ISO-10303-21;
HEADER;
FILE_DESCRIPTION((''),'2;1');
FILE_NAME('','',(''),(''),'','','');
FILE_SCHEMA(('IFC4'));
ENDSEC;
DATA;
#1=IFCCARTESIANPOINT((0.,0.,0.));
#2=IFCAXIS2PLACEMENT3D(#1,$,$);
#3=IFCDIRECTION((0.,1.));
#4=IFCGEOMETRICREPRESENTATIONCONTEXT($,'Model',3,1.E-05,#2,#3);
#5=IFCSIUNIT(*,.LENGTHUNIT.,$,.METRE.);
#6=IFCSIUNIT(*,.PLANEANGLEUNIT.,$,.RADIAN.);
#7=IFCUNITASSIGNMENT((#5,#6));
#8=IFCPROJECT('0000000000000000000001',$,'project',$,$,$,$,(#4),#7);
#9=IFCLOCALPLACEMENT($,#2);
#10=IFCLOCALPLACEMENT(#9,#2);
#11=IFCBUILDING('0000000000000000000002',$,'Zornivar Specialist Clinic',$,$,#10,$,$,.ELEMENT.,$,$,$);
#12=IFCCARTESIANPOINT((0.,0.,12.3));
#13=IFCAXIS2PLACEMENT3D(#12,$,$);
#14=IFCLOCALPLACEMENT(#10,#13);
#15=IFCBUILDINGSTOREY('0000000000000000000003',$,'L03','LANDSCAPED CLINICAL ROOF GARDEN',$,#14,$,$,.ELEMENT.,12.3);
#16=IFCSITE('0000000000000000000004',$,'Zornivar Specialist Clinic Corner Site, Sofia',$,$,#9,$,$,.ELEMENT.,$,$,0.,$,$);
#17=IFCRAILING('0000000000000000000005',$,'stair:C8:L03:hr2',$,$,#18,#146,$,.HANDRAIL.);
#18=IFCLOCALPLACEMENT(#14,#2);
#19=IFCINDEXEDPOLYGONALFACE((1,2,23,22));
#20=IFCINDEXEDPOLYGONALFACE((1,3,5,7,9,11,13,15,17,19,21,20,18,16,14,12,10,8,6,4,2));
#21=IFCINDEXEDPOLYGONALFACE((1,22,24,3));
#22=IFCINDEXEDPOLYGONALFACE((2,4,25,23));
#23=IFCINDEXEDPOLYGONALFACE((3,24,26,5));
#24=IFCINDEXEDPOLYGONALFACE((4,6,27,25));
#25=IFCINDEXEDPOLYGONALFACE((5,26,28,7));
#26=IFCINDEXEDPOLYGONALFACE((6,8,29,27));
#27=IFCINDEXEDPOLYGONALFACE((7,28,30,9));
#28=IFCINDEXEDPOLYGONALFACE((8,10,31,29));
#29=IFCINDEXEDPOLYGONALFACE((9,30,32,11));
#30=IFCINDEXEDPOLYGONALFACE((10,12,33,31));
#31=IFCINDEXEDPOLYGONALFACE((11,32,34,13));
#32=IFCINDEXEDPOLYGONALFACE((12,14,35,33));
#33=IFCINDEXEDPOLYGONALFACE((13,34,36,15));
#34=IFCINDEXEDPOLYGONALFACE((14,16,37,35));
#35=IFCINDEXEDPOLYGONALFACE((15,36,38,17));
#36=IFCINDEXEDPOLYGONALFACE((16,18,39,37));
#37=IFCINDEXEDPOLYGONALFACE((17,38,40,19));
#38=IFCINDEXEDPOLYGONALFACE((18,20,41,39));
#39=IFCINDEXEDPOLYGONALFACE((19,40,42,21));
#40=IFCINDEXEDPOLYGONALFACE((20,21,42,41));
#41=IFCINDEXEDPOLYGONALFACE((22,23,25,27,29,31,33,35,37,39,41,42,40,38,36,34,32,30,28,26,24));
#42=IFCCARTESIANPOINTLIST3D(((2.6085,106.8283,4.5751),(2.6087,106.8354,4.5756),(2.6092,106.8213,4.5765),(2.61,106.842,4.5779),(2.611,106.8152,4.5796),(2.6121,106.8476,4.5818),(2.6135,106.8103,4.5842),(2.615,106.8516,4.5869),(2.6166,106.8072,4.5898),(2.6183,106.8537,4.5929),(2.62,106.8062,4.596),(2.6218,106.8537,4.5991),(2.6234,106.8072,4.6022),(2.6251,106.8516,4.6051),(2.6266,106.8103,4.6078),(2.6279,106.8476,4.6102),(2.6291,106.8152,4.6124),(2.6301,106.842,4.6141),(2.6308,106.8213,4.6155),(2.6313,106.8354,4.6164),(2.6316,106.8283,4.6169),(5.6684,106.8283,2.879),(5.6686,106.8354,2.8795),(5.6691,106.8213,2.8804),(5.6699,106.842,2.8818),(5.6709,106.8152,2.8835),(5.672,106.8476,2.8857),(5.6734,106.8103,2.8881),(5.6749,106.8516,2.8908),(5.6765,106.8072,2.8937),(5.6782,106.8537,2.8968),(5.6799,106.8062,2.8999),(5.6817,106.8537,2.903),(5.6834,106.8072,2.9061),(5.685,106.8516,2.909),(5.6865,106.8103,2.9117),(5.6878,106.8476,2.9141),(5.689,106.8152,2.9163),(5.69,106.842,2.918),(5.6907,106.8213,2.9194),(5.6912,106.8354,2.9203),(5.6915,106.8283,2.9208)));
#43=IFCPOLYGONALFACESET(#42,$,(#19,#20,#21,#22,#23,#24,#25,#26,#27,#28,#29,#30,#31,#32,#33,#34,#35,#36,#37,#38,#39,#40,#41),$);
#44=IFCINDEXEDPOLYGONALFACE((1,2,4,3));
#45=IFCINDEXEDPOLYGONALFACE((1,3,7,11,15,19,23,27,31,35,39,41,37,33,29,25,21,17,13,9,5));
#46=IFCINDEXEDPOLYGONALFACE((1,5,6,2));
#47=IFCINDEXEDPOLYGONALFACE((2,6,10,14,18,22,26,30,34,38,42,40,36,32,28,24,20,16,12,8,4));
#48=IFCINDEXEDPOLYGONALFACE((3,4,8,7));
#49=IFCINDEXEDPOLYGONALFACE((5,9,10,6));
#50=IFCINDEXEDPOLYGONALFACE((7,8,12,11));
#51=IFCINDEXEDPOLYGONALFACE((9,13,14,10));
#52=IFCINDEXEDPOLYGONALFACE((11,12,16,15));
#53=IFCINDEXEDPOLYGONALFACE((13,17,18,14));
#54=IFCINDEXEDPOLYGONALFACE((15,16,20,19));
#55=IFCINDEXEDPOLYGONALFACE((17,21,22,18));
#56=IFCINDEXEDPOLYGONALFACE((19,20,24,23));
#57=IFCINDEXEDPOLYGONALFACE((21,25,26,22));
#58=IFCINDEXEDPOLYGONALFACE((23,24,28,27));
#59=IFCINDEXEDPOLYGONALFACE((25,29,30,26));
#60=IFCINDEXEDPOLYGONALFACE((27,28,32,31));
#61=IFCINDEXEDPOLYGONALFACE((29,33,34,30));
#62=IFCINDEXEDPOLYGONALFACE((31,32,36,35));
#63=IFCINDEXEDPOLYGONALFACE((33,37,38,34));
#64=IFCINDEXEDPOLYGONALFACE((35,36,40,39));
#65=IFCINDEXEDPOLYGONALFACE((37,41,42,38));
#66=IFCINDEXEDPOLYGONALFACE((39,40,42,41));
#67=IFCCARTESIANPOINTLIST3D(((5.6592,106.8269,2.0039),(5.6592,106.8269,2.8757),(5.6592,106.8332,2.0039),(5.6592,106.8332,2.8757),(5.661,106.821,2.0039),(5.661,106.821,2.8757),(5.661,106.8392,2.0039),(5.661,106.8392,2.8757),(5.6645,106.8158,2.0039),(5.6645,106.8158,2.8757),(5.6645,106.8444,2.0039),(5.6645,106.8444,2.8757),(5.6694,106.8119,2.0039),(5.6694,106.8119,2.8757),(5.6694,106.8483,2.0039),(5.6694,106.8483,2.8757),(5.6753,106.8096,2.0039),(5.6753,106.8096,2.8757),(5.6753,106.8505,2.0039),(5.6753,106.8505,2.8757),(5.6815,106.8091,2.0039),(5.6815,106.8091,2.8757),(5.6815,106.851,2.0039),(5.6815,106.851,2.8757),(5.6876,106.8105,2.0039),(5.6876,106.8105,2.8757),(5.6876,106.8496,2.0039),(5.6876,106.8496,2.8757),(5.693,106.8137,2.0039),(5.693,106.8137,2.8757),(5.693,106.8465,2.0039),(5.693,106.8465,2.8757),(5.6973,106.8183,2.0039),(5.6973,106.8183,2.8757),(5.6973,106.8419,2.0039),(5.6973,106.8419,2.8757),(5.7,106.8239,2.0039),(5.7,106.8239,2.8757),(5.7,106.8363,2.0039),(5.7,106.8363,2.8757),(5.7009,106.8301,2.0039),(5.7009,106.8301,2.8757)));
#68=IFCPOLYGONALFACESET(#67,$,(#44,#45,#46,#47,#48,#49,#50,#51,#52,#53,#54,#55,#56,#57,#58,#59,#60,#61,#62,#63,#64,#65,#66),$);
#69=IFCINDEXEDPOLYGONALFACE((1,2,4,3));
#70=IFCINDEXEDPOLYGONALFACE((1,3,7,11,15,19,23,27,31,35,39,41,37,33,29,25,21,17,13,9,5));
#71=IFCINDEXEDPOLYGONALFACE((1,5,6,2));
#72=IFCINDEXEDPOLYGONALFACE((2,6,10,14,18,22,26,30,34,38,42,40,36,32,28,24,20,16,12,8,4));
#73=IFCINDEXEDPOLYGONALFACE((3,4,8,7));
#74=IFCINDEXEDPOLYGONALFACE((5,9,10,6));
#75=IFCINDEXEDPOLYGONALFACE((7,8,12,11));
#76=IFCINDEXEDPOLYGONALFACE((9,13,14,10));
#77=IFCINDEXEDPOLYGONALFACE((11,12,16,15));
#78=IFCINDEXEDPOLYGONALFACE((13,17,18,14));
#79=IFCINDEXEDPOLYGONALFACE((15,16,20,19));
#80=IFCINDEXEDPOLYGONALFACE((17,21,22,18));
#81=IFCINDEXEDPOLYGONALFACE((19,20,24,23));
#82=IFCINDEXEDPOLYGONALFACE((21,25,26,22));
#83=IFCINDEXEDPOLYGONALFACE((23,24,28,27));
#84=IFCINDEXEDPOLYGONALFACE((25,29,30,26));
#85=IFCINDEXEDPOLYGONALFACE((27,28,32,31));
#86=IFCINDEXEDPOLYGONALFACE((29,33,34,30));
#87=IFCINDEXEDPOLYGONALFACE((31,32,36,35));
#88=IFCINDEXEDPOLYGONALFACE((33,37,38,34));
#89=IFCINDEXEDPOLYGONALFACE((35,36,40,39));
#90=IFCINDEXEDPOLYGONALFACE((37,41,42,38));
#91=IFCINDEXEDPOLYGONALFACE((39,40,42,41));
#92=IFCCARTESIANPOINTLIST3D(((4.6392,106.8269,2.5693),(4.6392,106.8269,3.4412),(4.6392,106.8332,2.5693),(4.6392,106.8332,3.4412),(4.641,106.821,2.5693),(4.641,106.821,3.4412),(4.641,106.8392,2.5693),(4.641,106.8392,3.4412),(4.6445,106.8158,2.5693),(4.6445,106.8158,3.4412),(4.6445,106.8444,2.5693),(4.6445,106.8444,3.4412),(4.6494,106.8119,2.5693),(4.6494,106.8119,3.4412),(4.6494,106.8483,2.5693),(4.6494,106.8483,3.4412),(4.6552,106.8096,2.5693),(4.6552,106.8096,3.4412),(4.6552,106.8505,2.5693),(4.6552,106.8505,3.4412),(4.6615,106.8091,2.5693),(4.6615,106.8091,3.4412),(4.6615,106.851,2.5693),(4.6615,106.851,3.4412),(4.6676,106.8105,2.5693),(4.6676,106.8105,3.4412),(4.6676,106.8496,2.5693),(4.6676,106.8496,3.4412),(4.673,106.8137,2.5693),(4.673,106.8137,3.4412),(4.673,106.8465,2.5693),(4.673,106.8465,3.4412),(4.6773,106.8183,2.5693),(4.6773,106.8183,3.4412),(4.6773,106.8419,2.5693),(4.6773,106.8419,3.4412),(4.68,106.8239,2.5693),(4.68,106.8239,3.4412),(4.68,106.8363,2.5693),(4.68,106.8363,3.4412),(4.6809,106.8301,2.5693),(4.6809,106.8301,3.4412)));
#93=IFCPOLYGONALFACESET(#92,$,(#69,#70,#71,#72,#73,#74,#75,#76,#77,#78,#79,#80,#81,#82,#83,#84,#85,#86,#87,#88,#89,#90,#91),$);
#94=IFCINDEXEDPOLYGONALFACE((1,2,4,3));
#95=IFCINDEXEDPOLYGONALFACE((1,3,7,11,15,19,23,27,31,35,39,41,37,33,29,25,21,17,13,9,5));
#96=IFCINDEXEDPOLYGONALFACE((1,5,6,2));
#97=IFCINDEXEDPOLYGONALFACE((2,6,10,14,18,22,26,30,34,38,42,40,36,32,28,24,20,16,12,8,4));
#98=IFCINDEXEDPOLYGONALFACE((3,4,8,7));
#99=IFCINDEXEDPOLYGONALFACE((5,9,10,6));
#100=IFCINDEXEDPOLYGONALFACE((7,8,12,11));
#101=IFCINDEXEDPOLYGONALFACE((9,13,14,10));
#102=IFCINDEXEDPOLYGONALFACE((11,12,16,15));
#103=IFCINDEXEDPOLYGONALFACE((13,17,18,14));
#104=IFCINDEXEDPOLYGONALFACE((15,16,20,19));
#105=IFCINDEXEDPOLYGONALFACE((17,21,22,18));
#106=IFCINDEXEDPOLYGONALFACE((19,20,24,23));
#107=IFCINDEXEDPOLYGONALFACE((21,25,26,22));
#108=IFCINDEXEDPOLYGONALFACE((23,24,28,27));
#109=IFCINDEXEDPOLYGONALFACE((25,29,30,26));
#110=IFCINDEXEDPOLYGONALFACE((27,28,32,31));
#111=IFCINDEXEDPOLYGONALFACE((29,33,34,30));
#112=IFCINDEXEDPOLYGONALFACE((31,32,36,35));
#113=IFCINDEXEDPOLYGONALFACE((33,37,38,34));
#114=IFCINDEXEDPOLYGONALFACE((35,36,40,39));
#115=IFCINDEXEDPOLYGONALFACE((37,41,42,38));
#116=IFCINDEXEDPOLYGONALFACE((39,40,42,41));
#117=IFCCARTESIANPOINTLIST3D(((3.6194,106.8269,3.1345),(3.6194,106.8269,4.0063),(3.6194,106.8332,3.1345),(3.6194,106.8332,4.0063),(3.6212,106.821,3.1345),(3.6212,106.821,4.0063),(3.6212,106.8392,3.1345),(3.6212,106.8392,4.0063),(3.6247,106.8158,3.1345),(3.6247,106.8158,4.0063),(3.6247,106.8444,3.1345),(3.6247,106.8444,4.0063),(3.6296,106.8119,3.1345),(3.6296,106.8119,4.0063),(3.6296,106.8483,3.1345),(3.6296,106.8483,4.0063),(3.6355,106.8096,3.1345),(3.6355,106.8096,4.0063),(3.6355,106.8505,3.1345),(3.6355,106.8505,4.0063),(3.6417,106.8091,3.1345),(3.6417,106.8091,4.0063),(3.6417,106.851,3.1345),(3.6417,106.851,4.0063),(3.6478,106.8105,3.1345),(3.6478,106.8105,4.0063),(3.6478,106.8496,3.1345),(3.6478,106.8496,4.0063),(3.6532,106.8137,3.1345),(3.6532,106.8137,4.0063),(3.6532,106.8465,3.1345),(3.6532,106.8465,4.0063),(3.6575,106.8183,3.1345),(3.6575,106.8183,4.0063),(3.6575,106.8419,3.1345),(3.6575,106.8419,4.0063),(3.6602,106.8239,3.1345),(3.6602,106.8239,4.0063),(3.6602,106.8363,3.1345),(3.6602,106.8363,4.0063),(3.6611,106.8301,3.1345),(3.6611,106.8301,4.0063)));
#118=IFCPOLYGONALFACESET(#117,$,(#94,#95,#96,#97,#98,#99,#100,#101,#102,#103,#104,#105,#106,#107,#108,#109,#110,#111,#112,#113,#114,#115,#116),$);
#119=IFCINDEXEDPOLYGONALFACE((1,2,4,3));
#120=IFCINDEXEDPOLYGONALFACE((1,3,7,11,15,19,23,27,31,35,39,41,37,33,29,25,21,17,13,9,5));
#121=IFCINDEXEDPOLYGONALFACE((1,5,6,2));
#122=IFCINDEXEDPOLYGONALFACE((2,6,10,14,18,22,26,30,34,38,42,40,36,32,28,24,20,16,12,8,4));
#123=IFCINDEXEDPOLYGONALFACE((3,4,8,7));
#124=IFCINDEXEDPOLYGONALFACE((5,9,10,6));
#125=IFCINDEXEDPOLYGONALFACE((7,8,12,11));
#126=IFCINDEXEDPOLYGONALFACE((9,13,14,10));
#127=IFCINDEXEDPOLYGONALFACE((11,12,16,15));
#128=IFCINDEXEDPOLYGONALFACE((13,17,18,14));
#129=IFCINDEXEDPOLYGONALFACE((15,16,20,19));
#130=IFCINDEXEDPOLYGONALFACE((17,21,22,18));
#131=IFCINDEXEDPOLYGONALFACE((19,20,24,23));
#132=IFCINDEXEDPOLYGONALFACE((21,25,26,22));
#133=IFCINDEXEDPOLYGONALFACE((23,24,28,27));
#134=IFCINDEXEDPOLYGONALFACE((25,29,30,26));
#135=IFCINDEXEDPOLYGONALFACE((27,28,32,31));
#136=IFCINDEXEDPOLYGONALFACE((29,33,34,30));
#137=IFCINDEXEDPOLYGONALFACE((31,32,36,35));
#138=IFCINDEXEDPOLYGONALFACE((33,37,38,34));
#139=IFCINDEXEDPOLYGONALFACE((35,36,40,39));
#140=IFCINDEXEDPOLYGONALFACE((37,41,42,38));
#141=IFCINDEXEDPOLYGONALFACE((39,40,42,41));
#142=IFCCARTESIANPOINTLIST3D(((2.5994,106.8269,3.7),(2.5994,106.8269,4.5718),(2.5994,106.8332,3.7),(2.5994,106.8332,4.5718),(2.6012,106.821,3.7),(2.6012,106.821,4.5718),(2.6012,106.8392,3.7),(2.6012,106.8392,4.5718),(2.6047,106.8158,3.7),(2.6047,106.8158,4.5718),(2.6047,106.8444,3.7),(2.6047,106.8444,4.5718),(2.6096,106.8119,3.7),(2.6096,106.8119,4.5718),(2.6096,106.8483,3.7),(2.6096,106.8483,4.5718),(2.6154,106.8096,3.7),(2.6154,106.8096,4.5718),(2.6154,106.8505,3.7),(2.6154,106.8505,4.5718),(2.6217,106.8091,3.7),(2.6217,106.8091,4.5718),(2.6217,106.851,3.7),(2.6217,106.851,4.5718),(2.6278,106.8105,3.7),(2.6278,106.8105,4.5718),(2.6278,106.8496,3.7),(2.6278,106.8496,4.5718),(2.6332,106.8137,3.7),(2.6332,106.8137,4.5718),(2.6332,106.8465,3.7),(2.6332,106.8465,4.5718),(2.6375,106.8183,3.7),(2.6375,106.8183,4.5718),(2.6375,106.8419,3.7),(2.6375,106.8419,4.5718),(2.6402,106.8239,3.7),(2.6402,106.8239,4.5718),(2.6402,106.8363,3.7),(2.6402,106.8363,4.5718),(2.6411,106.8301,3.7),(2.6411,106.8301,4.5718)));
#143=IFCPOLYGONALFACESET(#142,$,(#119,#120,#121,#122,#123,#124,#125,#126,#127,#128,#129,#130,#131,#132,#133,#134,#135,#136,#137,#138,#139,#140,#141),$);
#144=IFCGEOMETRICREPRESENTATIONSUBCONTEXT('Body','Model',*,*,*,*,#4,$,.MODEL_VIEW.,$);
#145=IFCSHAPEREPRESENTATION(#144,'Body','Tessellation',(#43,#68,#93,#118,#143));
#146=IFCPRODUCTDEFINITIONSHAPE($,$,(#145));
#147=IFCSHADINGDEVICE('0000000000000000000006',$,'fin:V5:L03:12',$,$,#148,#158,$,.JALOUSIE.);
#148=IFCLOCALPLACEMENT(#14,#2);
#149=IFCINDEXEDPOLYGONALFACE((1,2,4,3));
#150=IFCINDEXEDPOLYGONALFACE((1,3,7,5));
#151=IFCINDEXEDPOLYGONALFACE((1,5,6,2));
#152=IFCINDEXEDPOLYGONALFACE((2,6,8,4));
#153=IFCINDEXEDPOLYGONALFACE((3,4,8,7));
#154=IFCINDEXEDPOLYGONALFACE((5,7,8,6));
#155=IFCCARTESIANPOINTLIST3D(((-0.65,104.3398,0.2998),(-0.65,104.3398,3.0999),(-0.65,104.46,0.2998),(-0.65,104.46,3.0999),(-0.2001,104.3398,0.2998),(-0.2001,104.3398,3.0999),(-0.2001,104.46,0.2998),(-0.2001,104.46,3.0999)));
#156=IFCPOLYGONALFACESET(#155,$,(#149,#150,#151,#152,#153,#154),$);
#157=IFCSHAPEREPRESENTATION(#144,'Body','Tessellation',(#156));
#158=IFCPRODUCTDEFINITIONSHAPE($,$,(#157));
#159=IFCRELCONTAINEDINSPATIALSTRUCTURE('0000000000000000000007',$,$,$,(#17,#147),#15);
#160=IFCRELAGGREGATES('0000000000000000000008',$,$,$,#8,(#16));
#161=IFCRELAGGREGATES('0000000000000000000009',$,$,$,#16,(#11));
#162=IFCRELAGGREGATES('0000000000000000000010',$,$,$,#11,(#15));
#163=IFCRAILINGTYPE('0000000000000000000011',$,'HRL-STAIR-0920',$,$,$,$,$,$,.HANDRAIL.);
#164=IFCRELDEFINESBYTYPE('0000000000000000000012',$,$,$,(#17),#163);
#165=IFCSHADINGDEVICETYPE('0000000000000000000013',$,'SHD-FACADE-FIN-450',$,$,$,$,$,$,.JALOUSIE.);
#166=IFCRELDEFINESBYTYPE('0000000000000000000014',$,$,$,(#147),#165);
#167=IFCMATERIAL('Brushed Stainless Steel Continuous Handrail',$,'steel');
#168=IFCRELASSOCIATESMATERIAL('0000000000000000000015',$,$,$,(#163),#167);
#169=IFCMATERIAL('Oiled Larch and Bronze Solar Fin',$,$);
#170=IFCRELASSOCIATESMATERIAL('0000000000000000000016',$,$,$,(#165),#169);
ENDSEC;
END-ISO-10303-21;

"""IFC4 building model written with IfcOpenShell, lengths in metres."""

from ifc_helpers import new_model, si_unit, direction, frame, origin, origin_2d, place, context, subcontext, project, spatial, rectangle, circle, extrude, material, type_object, element, save


model = new_model("IFC4")

# Units and contexts
model_context = context("Model", 3, precision=1e-05, world=origin(), true_north=direction((0.0, 1.0)))
body_context = subcontext(model_context, "Body", "Model", "MODEL_VIEW")
ifc_project = project(units=[si_unit("LENGTHUNIT", "METRE"), si_unit("PLANEANGLEUNIT", "RADIAN")], contexts=[model_context])

# Site, building, storey
site_placement = place(None, origin())
site = spatial("IfcSite", under=ifc_project, at=site_placement, Name="Zornivar Specialist Clinic Corner Site, Sofia", CompositionType="ELEMENT", RefElevation=0.0)
building_placement = place(site_placement, origin())
building = spatial("IfcBuilding", under=site, at=building_placement, Name="Zornivar Specialist Clinic", CompositionType="ELEMENT")
storey_placement = place(building_placement, frame((0.0, 0.0, 12.3)))
storey = spatial("IfcBuildingStorey", under=building, at=storey_placement, Name="L03", Description="LANDSCAPED CLINICAL ROOF GARDEN", CompositionType="ELEMENT", Elevation=12.3)

# Railing
ifc_material_1 = material(Name="Brushed Stainless Steel Continuous Handrail", Category="steel")
railing_type_1 = type_object("IfcRailingType", Name="HRL-STAIR-0920", PredefinedType="HANDRAIL", material=ifc_material_1)
railing_1_placement = place(storey_placement, frame((5.6799, 106.8301, 2.0039)))
element("IfcRailing", 1, at=railing_1_placement, inside=storey, type_object=railing_type_1, Name="stair:C8:L03:hr2", PredefinedType="HANDRAIL", context=body_context, shape_type="SweptSolid", body=[
    extrude(circle(Radius=0.0239, at=origin_2d()), frame((0.0, 0.0, 0.896), z_axis=(-0.874624, 0.0, 0.484801), x_axis=(0.0, -1.0, 0.0)), (0.0, 0.0, 1.0), 3.4985),
    extrude(circle(Radius=0.021, at=origin_2d()), origin(), (0.0, 0.0, 1.0), 0.8718),
    extrude(circle(Radius=0.021, at=origin_2d()), frame((-1.02, 0.0, 0.5654)), (0.0, 0.0, 1.0), 0.8718),
    extrude(circle(Radius=0.021, at=origin_2d()), frame((-2.0398, 0.0, 1.1306)), (0.0, 0.0, 1.0), 0.8718),
    extrude(circle(Radius=0.021, at=origin_2d()), frame((-3.0598, 0.0, 1.696)), (0.0, 0.0, 1.0), 0.8718),
])

# Shading device
ifc_material_2 = material(Name="Oiled Larch and Bronze Solar Fin")
shading_device_type = type_object("IfcShadingDeviceType", Name="SHD-FACADE-FIN-450", PredefinedType="JALOUSIE", material=ifc_material_2)
shading_device_placement = place(storey_placement, frame((-0.425, 104.3999, 0.2998), z_axis=(0.0, 0.0, 1.0), x_axis=(0.0, -1.0, 0.0)))
element("IfcShadingDevice", 2, at=shading_device_placement, inside=storey, type_object=shading_device_type, Name="fin:V5:L03:12", PredefinedType="JALOUSIE", context=body_context, shape_type="SweptSolid", body=[
    extrude(rectangle(XDim=0.1201, YDim=0.45, at=origin_2d()), origin(), (0.0, 0.0, 1.0), 2.8),
])

save(model, "model.ifc")
